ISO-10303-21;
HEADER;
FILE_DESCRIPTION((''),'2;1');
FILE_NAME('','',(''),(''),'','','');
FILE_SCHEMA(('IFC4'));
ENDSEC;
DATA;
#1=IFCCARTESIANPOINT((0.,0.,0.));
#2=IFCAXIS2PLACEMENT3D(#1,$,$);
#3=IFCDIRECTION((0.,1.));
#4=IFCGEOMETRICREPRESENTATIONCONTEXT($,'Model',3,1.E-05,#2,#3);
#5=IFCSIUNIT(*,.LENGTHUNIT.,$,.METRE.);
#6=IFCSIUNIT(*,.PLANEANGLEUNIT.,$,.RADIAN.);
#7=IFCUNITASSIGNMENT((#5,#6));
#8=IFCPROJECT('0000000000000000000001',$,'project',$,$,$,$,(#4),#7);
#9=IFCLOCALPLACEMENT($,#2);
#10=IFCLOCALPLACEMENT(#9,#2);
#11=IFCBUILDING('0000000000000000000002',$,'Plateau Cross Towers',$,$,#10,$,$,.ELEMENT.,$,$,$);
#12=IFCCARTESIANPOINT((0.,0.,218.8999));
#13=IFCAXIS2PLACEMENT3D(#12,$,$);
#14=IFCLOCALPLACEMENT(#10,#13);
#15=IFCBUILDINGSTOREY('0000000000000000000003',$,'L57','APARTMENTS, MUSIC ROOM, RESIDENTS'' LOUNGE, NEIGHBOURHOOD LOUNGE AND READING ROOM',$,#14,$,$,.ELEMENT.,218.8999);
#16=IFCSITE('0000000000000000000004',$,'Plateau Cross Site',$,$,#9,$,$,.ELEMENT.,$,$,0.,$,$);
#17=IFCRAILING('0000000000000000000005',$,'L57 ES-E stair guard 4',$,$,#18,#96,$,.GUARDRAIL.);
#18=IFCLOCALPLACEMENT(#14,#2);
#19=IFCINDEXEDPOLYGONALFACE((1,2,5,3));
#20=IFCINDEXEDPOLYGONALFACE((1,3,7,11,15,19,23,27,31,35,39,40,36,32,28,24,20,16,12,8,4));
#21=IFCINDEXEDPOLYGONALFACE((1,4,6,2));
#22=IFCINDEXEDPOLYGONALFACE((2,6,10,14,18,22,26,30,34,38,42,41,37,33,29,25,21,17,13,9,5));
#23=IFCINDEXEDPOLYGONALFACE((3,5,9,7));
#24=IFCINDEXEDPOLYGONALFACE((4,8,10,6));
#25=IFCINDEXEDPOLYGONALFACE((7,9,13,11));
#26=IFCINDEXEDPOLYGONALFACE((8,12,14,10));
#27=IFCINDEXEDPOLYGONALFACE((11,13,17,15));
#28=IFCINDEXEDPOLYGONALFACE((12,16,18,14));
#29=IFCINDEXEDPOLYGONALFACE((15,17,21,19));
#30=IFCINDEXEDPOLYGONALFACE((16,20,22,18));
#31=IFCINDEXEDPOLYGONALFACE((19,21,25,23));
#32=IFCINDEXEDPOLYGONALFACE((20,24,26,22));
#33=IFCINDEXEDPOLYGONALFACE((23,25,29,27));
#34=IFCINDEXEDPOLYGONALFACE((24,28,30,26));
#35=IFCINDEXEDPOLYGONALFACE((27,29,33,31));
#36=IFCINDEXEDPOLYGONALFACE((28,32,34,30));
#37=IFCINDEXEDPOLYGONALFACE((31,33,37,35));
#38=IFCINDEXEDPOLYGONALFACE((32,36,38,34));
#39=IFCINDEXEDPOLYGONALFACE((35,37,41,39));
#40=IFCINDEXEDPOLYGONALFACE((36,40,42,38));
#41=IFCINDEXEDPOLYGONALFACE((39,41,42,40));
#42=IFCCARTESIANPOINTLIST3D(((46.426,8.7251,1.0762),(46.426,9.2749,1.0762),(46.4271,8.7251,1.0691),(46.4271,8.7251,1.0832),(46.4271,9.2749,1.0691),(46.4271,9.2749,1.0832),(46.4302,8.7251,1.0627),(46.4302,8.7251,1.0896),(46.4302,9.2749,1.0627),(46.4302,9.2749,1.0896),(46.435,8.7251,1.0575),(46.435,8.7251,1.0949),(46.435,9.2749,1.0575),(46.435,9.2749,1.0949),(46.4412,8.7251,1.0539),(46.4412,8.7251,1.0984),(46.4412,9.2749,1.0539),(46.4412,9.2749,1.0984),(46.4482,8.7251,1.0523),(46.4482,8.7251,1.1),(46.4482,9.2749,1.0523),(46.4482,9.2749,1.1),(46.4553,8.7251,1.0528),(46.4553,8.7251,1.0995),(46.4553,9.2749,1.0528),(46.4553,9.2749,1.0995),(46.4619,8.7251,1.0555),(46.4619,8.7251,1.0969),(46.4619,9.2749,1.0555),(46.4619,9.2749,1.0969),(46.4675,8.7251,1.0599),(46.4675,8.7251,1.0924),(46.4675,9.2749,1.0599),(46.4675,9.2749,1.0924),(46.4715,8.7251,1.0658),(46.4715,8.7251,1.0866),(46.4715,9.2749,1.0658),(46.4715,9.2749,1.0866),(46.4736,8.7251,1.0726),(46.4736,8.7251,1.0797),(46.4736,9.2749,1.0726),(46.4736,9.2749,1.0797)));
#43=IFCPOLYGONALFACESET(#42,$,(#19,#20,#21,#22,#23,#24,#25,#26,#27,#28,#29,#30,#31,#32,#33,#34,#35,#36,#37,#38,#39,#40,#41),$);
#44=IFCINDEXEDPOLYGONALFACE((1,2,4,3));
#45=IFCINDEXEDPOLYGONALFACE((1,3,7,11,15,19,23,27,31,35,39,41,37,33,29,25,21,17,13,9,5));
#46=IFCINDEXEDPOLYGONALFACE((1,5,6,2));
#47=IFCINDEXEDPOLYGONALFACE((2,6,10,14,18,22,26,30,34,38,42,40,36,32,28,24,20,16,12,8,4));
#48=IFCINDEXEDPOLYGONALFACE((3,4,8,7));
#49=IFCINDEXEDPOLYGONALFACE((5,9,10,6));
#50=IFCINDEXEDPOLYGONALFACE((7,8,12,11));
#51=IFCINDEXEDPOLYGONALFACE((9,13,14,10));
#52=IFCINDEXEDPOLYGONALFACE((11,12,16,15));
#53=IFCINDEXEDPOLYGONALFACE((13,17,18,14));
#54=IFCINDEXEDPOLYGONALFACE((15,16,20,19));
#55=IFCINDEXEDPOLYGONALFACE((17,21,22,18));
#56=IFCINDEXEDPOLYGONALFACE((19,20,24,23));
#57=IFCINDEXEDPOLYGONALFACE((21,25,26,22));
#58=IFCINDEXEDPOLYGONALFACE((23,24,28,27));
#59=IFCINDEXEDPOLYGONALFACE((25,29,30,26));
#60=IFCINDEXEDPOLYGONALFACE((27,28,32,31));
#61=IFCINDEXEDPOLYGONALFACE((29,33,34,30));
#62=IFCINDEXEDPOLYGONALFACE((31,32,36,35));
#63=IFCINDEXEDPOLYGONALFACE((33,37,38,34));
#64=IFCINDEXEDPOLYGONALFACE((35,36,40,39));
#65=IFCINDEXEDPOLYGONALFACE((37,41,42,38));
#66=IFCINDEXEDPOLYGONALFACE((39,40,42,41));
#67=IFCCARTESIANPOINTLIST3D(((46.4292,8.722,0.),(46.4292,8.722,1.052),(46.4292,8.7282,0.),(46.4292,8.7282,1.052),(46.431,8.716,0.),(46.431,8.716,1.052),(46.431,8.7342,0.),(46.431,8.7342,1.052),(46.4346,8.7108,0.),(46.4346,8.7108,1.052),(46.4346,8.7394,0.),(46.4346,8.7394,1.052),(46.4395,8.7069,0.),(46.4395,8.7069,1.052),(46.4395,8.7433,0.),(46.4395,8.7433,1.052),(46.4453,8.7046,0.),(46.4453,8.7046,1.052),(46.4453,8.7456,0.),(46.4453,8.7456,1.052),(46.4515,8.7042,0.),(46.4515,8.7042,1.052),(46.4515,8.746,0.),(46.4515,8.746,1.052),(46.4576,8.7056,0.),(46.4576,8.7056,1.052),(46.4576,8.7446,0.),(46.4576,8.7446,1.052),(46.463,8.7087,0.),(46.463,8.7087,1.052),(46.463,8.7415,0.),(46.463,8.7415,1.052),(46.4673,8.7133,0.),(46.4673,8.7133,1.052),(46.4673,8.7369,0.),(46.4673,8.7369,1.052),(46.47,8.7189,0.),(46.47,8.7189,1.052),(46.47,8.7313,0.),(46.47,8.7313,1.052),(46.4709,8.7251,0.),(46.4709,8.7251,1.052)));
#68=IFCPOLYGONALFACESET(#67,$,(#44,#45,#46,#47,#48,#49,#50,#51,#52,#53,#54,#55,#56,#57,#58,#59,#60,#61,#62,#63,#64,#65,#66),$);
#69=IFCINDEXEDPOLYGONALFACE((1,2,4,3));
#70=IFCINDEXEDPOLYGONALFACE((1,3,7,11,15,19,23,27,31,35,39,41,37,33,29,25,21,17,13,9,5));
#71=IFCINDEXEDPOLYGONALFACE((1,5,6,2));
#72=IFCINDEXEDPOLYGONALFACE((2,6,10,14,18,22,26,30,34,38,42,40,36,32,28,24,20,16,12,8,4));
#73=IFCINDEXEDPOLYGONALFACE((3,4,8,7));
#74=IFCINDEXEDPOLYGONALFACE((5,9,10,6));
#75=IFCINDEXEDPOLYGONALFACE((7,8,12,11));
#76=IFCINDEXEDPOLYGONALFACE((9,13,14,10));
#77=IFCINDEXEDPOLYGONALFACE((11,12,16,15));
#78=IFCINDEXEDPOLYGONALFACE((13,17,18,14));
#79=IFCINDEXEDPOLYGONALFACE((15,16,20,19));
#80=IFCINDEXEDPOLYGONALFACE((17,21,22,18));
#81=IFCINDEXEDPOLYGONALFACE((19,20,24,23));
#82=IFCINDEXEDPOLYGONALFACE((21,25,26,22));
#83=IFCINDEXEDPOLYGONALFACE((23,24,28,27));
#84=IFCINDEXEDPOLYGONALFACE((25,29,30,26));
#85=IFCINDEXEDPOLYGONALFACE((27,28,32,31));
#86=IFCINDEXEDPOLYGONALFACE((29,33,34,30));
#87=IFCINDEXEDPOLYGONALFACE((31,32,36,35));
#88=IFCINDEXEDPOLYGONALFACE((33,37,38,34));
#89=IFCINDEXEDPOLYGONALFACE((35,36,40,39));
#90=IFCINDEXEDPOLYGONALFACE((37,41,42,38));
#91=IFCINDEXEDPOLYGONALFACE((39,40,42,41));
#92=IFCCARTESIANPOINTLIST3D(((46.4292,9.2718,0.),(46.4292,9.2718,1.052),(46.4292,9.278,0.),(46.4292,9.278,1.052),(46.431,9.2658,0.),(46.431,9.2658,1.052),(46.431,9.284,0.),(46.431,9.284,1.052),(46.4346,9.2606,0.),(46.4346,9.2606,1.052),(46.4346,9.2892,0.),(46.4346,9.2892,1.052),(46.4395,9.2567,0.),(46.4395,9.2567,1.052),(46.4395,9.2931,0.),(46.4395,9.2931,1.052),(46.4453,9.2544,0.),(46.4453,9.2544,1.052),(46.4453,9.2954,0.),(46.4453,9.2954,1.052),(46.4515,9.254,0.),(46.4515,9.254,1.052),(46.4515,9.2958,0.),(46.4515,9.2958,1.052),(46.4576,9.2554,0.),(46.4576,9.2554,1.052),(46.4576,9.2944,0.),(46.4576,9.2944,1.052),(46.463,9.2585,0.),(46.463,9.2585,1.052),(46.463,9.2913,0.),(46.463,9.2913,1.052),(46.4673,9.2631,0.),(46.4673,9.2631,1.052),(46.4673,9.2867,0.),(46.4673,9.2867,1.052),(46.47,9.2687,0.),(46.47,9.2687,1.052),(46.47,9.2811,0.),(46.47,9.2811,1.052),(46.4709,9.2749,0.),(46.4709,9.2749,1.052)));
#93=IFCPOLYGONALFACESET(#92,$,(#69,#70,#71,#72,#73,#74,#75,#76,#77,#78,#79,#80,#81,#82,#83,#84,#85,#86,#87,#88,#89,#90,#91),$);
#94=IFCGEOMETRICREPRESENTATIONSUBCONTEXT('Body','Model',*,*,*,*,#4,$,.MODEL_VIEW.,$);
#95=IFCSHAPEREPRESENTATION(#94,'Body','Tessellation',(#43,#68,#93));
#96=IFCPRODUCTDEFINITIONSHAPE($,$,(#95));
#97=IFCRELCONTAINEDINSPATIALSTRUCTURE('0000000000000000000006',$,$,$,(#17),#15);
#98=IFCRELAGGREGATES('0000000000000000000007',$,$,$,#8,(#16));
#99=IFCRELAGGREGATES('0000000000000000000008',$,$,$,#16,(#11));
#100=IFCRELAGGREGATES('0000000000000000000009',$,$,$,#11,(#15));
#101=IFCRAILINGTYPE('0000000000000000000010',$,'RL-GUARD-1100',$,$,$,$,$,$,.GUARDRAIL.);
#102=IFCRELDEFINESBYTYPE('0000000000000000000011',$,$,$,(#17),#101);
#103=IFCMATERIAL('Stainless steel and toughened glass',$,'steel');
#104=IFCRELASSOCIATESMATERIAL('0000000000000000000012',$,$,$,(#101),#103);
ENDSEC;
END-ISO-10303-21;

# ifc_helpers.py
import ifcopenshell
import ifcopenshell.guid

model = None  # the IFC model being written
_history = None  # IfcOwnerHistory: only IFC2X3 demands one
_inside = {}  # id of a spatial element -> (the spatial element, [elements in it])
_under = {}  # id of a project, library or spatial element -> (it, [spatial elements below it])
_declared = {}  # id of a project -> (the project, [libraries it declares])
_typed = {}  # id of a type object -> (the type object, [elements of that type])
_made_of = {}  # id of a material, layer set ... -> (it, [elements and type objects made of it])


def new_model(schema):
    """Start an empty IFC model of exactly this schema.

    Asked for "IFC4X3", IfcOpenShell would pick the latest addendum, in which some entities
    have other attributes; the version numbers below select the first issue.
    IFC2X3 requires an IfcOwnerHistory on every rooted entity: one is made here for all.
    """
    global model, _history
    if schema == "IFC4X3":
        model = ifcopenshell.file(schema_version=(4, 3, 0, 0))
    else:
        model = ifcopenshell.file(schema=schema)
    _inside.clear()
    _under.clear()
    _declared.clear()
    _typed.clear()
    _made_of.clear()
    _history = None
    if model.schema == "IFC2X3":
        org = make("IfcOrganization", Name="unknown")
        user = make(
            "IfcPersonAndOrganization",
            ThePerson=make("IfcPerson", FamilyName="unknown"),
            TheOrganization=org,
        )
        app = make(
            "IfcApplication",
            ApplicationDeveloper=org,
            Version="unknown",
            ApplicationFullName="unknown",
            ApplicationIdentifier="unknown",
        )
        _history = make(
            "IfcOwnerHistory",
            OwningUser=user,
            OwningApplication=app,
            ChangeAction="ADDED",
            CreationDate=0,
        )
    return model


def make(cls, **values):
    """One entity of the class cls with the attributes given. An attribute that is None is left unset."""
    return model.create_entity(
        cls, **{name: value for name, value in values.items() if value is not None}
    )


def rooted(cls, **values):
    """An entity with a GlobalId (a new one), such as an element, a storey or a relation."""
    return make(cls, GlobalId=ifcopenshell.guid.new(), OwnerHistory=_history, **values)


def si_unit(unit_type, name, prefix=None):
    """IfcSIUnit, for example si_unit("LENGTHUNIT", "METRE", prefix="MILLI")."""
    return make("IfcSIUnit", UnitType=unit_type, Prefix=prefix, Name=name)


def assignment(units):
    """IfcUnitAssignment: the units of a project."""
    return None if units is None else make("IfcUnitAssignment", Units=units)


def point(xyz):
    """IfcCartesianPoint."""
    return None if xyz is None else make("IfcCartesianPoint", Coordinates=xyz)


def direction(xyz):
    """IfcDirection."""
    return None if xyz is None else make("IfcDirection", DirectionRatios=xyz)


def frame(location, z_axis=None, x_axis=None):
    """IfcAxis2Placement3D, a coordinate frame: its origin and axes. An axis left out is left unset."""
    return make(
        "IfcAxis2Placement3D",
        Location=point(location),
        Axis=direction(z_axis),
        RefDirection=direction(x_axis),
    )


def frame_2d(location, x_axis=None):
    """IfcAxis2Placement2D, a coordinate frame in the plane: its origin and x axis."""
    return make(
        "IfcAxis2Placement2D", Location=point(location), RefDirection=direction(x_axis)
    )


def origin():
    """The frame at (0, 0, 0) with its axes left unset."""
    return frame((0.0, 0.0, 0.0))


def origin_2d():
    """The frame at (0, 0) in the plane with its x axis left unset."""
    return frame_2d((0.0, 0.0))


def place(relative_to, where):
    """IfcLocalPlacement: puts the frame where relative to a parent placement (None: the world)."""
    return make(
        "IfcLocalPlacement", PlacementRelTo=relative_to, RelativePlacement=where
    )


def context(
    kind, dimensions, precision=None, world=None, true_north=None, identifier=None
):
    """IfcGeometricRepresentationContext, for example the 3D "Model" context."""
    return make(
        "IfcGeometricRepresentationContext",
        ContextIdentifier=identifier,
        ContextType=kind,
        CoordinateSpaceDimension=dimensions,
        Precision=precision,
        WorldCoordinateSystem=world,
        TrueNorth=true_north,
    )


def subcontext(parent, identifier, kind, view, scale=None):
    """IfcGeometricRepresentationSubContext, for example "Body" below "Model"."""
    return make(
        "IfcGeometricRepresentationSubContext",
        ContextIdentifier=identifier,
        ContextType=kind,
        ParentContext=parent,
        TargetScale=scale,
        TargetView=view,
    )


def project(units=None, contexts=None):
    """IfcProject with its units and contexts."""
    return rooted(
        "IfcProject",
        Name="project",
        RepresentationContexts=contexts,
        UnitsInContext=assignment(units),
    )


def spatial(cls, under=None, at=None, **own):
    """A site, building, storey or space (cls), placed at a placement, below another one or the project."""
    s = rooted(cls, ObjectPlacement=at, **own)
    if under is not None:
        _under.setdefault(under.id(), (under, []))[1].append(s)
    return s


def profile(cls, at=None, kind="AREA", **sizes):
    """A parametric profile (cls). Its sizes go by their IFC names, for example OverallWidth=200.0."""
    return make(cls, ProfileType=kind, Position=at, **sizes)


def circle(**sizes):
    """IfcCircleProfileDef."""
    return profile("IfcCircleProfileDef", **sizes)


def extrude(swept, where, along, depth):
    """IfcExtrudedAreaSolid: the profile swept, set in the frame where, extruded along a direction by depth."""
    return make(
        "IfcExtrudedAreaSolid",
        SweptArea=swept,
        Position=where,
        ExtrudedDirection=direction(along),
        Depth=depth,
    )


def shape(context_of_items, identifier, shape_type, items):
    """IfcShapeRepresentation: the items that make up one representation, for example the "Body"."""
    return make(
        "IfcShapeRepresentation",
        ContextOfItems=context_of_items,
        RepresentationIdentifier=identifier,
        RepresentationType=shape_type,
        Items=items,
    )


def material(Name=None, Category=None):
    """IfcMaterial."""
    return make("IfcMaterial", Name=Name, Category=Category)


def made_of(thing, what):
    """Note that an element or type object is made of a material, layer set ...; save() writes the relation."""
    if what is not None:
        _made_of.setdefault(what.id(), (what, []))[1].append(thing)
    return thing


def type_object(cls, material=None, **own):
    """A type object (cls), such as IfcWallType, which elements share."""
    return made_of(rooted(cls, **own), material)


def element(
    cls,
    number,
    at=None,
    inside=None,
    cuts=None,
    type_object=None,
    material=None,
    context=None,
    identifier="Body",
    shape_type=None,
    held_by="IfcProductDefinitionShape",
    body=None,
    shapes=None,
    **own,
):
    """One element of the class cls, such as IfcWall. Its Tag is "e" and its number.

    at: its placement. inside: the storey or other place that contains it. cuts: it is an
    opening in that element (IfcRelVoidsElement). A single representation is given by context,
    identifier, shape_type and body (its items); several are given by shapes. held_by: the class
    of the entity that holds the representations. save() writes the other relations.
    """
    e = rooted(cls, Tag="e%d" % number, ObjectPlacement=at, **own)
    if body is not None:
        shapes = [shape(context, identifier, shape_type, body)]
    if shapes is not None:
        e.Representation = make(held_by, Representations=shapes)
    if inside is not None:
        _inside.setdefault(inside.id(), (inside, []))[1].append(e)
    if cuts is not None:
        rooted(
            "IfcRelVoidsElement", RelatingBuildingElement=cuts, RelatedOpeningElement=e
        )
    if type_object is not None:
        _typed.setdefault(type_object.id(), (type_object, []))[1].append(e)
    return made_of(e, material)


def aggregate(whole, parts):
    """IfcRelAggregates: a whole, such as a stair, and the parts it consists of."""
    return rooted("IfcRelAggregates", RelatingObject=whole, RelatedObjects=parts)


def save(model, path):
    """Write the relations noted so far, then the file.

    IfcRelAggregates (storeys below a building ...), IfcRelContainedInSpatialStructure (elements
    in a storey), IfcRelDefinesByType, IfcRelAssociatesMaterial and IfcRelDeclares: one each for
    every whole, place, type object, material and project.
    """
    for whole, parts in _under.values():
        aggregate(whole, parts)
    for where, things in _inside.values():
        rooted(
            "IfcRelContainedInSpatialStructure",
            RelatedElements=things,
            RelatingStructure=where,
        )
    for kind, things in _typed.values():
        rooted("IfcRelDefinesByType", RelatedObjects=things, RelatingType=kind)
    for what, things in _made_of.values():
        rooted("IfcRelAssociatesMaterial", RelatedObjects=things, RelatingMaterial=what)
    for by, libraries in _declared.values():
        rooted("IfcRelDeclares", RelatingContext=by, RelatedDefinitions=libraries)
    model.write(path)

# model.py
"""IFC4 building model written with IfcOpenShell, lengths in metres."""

from ifc_helpers import new_model, si_unit, direction, frame, origin, origin_2d, place, context, subcontext, project, spatial, circle, extrude, material, type_object, element, save


model = new_model("IFC4")

# Units and contexts
model_context = context("Model", 3, precision=1e-05, world=origin(), true_north=direction((0.0, 1.0)))
body_context = subcontext(model_context, "Body", "Model", "MODEL_VIEW")
ifc_project = project(units=[si_unit("LENGTHUNIT", "METRE"), si_unit("PLANEANGLEUNIT", "RADIAN")], contexts=[model_context])

# Site, building, storey
site_placement = place(None, origin())
site = spatial("IfcSite", under=ifc_project, at=site_placement, Name="Plateau Cross Site", CompositionType="ELEMENT", RefElevation=0.0)
building_placement = place(site_placement, origin())
building = spatial("IfcBuilding", under=site, at=building_placement, Name="Plateau Cross Towers", CompositionType="ELEMENT")
storey_placement = place(building_placement, frame((0.0, 0.0, 218.8999)))
storey = spatial("IfcBuildingStorey", under=building, at=storey_placement, Name="L57", Description="APARTMENTS, MUSIC ROOM, RESIDENTS' LOUNGE, NEIGHBOURHOOD LOUNGE AND READING ROOM", CompositionType="ELEMENT", Elevation=218.8999)

# Railing
ifc_material_1 = material(Name="Stainless steel and toughened glass", Category="steel")
railing_type_1 = type_object("IfcRailingType", Name="RL-GUARD-1100", PredefinedType="GUARDRAIL", material=ifc_material_1)
railing_1_placement = place(storey_placement, frame((46.45, 8.7251, 0.0)))
element("IfcRailing", 1, at=railing_1_placement, inside=storey, type_object=railing_type_1, Name="L57 ES-E stair guard 4", PredefinedType="GUARDRAIL", context=body_context, shape_type="SweptSolid", body=[
    extrude(circle(Radius=0.0239, at=origin_2d()), frame((0.0, 0.0, 1.0762), z_axis=(0.0, 1.0, 0.0), x_axis=(-1.0, 0.0, 0.0)), (0.0, 0.0, 1.0), 0.5498),
    extrude(circle(Radius=0.021, at=origin_2d()), origin(), (0.0, 0.0, 1.0), 1.052),
    extrude(circle(Radius=0.021, at=origin_2d()), frame((0.0, 0.5498, 0.0)), (0.0, 0.0, 1.0), 1.052),
])

save(model, "model.ifc")
